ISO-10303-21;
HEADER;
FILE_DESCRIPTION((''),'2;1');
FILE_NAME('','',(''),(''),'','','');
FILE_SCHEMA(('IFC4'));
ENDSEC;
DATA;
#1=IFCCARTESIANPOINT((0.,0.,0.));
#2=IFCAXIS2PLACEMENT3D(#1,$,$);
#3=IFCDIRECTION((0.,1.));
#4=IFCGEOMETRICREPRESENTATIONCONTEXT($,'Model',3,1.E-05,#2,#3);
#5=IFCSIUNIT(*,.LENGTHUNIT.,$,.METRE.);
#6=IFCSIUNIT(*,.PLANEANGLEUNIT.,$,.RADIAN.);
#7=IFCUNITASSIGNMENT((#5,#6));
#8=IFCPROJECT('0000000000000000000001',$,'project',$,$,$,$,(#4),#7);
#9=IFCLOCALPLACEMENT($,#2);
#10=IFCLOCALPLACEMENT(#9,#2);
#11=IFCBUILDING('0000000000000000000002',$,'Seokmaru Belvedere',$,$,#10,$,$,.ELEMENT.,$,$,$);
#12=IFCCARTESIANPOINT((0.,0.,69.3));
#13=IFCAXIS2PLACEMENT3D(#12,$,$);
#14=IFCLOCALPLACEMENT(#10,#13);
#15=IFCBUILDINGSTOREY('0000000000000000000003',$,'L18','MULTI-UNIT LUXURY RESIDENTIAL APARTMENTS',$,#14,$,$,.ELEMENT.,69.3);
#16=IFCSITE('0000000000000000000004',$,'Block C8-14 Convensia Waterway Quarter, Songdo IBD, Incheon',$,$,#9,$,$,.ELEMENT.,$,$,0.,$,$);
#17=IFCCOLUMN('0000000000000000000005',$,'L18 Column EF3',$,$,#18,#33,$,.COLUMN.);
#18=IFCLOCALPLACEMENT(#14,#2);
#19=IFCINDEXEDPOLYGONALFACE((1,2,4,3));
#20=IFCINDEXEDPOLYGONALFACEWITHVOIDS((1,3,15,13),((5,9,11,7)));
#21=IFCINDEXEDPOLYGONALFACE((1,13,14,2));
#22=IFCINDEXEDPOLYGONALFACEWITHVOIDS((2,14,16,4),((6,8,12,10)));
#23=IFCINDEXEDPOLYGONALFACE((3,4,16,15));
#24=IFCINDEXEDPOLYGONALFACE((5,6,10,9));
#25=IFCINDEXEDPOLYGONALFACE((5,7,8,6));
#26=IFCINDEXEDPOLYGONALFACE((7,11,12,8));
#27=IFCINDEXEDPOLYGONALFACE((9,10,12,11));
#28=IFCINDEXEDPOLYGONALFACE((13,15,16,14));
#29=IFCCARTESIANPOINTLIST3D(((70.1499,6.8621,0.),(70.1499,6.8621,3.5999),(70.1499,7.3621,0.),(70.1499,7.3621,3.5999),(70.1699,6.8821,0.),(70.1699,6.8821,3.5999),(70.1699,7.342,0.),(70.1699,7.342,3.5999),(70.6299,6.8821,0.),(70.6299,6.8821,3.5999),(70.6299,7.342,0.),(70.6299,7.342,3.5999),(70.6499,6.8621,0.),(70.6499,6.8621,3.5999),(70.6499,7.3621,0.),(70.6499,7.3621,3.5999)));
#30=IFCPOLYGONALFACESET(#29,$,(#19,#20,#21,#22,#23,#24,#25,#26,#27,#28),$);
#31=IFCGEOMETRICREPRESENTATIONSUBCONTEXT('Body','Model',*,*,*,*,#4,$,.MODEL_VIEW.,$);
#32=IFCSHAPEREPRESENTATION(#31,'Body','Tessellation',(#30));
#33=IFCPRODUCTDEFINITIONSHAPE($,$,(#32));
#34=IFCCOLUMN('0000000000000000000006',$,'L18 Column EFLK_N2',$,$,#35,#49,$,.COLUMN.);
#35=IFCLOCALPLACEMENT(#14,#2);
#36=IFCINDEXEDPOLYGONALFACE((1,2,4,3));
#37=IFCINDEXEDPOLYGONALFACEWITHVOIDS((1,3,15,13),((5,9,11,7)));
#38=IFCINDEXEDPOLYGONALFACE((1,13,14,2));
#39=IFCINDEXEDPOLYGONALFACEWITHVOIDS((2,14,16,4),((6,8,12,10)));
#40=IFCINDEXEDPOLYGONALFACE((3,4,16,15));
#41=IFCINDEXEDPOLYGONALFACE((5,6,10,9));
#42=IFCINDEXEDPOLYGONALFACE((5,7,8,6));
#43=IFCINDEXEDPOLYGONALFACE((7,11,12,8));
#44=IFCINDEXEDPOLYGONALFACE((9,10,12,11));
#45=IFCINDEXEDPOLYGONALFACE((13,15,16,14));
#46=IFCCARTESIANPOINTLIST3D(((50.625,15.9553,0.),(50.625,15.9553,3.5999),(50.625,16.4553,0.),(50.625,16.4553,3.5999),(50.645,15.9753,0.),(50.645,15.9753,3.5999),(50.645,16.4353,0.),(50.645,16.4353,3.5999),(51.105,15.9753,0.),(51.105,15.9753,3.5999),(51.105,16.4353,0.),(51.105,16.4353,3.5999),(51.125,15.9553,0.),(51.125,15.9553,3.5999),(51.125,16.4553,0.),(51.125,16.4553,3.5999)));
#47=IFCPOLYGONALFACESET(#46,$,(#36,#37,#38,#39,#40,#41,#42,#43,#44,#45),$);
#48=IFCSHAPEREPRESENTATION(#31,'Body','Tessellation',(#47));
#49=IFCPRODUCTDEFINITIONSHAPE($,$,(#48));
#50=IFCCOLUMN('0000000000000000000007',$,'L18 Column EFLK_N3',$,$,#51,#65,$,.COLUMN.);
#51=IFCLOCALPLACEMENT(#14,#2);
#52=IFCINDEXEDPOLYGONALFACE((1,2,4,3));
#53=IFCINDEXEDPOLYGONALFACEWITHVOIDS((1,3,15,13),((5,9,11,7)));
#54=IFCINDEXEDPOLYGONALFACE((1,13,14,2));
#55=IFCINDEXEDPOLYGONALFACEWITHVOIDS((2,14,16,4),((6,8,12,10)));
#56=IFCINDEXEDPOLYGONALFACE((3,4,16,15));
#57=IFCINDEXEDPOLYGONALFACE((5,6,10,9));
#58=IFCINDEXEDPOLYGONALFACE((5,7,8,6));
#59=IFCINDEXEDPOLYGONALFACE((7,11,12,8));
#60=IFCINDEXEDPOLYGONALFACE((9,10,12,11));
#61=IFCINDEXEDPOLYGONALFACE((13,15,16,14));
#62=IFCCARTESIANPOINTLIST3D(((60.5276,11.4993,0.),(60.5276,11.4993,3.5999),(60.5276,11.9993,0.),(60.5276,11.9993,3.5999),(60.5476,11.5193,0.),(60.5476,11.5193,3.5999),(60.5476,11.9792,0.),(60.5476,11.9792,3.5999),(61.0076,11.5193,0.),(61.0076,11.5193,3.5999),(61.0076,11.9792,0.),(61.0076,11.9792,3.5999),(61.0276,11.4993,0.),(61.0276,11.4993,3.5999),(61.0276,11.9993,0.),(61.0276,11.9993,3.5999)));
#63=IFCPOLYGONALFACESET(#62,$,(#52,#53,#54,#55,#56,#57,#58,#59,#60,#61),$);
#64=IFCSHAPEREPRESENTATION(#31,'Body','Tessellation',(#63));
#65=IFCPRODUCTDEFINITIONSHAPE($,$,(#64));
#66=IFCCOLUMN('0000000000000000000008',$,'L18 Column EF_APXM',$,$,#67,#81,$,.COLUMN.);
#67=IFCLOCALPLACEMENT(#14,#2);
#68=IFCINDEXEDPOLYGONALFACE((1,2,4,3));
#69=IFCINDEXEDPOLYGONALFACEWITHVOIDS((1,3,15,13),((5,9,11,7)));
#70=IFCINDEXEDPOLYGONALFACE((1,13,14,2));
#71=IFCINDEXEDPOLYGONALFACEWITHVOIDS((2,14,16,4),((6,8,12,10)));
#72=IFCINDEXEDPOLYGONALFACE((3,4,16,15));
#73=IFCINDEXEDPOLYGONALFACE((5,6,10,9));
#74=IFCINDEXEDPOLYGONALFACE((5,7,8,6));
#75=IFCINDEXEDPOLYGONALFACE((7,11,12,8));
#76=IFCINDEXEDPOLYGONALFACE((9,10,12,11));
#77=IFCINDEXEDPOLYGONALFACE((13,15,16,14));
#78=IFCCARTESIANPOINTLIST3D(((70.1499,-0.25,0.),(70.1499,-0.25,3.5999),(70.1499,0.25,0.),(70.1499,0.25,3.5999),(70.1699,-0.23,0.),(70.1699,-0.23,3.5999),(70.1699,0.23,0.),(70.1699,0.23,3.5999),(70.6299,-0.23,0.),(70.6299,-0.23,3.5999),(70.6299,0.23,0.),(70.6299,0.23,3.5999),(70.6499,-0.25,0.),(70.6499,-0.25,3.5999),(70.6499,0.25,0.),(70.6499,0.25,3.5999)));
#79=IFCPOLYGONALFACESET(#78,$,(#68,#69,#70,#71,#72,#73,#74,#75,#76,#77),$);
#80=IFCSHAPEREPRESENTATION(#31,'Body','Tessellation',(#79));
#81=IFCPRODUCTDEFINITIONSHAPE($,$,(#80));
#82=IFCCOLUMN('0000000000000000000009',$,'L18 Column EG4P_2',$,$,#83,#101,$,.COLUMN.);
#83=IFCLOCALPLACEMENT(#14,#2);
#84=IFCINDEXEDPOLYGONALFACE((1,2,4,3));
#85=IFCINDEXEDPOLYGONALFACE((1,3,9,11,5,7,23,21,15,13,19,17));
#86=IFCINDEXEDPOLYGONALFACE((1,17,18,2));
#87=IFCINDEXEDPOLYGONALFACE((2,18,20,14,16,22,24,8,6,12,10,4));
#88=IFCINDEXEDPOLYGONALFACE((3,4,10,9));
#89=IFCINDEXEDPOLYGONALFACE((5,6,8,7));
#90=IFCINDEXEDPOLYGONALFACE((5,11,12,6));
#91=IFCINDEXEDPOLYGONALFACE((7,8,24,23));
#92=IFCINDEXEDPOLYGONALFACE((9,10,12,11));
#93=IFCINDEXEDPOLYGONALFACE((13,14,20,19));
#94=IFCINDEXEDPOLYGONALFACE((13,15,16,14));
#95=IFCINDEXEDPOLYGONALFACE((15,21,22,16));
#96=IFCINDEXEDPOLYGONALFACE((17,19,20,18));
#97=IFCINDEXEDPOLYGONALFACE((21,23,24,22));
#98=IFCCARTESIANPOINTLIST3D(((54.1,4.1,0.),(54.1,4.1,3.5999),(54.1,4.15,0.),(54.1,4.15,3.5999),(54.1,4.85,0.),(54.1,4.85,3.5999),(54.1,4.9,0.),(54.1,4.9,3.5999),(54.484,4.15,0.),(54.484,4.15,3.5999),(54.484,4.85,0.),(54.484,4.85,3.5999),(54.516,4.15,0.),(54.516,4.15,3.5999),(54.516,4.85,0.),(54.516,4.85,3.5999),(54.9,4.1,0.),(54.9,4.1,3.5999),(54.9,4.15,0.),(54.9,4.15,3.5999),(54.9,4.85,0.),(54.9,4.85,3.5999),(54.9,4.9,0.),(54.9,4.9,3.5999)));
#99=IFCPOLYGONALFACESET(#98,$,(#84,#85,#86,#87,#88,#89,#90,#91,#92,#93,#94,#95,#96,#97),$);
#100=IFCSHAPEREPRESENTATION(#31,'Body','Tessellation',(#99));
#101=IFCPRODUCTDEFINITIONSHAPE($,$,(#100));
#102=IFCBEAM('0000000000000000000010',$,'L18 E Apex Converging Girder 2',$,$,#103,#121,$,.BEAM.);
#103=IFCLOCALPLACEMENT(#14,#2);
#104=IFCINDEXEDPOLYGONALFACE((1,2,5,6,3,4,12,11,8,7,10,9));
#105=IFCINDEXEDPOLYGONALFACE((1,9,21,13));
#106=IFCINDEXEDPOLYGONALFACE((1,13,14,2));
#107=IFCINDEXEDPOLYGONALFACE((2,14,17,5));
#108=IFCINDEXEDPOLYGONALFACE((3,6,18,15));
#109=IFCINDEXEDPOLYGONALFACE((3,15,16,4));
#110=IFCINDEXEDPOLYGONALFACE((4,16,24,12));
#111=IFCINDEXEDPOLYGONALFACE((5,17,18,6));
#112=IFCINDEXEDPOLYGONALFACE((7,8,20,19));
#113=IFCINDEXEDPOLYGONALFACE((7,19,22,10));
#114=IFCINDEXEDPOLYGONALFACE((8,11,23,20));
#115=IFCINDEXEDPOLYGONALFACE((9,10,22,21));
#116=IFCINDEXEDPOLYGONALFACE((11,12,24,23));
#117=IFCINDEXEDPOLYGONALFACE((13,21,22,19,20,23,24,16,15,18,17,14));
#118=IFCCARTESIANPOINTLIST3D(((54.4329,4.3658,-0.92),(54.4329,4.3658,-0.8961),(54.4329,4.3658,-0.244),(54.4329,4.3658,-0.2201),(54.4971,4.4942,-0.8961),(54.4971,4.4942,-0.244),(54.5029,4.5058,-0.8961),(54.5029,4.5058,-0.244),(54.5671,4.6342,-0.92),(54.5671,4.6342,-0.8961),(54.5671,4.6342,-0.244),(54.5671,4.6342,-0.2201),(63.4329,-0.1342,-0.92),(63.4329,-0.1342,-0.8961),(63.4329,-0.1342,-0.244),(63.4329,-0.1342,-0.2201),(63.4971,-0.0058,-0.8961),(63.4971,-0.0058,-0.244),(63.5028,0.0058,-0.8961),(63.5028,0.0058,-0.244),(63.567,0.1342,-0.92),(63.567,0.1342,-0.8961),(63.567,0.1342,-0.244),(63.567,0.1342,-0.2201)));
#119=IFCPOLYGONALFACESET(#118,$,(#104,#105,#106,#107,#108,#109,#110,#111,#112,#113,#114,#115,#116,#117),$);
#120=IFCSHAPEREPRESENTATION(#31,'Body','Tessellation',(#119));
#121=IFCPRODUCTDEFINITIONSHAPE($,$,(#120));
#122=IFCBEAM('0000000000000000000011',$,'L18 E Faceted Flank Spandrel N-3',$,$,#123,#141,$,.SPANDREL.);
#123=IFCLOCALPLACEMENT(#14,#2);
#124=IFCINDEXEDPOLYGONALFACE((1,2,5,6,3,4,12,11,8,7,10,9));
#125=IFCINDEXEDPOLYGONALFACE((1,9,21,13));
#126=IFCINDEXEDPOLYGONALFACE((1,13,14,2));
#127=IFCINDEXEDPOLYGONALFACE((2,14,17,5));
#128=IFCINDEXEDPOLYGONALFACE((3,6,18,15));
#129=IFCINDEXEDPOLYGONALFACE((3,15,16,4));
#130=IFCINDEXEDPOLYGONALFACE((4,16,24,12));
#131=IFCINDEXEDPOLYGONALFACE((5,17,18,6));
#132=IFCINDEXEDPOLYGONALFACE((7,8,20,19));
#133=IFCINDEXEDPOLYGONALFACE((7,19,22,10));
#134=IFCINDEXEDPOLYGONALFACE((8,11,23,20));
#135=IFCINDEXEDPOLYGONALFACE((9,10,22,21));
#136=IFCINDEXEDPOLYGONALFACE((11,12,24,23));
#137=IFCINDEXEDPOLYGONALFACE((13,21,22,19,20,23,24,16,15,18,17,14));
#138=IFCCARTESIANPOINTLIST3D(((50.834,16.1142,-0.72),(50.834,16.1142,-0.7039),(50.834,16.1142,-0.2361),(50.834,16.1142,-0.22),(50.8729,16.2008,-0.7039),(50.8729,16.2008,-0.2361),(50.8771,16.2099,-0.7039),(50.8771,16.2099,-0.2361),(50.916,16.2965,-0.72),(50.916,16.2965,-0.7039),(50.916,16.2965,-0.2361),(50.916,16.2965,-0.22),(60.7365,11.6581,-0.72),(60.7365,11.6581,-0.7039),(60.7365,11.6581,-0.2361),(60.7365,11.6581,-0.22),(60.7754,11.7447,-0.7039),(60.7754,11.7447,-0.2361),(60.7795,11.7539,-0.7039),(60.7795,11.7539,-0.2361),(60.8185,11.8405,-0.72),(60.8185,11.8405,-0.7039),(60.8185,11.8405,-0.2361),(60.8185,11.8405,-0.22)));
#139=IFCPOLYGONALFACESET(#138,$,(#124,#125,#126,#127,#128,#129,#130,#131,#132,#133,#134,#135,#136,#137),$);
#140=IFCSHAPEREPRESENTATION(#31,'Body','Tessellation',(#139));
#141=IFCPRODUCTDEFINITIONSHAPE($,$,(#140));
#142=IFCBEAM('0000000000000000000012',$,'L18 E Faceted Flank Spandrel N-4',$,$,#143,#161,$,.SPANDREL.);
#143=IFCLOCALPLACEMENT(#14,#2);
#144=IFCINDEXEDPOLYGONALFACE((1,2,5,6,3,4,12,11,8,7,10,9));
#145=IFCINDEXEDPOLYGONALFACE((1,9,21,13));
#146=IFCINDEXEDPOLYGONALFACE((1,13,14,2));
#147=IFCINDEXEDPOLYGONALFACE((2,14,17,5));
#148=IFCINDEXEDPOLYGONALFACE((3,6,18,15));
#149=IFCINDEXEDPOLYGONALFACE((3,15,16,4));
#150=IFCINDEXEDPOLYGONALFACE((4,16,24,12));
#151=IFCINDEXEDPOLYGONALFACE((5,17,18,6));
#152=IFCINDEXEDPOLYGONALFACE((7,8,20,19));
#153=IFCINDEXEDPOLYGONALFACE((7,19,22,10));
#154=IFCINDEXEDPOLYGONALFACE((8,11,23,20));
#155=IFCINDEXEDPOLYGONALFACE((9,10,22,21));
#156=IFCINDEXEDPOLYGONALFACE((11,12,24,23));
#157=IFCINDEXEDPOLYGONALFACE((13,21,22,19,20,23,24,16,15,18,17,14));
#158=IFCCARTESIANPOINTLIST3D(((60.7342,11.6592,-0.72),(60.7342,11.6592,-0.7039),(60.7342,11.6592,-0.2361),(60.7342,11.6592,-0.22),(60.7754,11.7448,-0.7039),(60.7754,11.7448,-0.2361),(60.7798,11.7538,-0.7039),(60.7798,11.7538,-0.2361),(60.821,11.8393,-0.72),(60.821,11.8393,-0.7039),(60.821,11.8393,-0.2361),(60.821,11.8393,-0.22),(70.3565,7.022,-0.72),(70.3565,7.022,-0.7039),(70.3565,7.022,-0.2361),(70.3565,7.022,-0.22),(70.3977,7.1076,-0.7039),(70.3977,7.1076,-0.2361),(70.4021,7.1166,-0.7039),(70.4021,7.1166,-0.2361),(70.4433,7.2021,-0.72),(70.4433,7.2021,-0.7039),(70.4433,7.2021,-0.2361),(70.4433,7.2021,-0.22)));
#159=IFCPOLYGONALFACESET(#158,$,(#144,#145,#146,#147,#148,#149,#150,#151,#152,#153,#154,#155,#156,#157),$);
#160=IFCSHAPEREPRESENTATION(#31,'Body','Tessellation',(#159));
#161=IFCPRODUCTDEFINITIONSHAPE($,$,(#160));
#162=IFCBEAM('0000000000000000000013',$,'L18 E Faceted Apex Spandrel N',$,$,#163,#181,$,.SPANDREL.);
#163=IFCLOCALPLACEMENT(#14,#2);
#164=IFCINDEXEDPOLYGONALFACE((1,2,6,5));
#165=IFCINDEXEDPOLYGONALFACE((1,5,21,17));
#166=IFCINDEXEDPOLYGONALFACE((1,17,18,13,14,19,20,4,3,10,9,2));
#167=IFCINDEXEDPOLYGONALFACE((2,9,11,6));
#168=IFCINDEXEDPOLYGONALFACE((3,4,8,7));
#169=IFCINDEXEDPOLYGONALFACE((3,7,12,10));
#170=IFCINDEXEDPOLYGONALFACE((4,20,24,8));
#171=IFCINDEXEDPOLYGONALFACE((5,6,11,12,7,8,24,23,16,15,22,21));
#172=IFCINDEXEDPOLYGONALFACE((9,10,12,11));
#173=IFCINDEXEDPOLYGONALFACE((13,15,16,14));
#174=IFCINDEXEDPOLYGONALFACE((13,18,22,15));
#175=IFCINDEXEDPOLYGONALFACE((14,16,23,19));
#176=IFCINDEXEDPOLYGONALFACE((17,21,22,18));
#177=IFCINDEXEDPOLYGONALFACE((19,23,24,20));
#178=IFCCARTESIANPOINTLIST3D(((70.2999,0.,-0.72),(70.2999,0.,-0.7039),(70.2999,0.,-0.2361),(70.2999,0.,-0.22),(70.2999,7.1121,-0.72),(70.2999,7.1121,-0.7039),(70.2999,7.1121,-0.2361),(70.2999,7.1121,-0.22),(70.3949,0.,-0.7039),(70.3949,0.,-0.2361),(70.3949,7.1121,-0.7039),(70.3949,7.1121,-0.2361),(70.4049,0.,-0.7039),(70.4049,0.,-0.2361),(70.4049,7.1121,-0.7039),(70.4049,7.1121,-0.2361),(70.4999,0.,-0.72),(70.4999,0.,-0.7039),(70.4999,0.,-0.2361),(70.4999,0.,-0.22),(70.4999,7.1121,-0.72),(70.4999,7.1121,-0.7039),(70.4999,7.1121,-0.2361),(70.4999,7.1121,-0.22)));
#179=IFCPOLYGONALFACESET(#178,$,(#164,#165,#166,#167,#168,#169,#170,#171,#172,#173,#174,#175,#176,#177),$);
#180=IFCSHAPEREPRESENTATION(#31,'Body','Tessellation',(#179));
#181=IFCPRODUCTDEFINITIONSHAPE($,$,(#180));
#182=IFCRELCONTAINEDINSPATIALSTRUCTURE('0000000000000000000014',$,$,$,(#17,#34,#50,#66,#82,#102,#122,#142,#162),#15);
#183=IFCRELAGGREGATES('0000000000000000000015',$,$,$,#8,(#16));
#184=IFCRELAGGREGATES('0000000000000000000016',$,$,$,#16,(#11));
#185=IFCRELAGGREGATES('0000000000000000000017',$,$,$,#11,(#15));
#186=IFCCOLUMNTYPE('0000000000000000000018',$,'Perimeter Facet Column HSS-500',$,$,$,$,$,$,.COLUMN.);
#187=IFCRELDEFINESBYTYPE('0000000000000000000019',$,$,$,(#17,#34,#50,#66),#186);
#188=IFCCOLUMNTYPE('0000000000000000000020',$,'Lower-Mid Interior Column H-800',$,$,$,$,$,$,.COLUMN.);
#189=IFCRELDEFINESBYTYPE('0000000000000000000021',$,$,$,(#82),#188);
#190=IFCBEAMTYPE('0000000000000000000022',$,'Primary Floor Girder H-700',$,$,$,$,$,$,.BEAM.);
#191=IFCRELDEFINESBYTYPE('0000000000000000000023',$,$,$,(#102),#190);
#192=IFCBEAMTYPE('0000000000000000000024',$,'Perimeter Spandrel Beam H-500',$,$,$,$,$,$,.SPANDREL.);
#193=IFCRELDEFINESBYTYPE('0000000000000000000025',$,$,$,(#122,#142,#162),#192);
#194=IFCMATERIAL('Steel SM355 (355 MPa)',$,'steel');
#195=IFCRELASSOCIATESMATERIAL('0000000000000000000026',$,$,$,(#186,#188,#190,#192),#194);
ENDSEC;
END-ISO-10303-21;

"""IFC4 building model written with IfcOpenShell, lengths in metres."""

from ifc_helpers import new_model, si_unit, direction, frame, origin, origin_2d, place, context, subcontext, project, spatial, hollow_rectangle, i_section, extrude, source, transform, mapped, material, material_profile, profile_set, type_object, type_shapes, element, save


model = new_model("IFC4")

# Units and contexts
model_context = context("Model", 3, precision=1e-05, world=origin(), true_north=direction((0.0, 1.0)))
body_context = subcontext(model_context, "Body", "Model", "MODEL_VIEW")
ifc_project = project(units=[si_unit("LENGTHUNIT", "METRE"), si_unit("PLANEANGLEUNIT", "RADIAN")], contexts=[model_context])

# Site, building, storey
site_placement = place(None, origin())
site = spatial("IfcSite", under=ifc_project, at=site_placement, Name="Block C8-14 Convensia Waterway Quarter, Songdo IBD, Incheon", CompositionType="ELEMENT", RefElevation=0.0)
building_placement = place(site_placement, origin())
building = spatial("IfcBuilding", under=site, at=building_placement, Name="Seokmaru Belvedere", CompositionType="ELEMENT")
storey_placement = place(building_placement, frame((0.0, 0.0, 69.3)))
storey = spatial("IfcBuildingStorey", under=building, at=storey_placement, Name="L18", Description="MULTI-UNIT LUXURY RESIDENTIAL APARTMENTS", CompositionType="ELEMENT", Elevation=69.3)

# Columns
ifc_material_1 = material(Name="Steel SM355 (355 MPa)", Category="steel")
ifc_material_profile_1 = material_profile(ifc_material_1, hollow_rectangle(XDim=0.5, YDim=0.5, WallThickness=0.02, at=origin_2d()), Name="HSS-500x500x20")
ifc_profile_set_1 = profile_set([ifc_material_profile_1], Name="Steel SM355 (355 MPa)")
column_type_1 = type_object("IfcColumnType", Name="Perimeter Facet Column HSS-500", PredefinedType="COLUMN", material=ifc_profile_set_1)
shared_shape_1 = source(origin(), body_context, "Body", "SweptSolid", [
    extrude(hollow_rectangle(XDim=0.5, YDim=0.5, WallThickness=0.02, at=origin_2d()), origin(), (0.0, 0.0, 1.0), 3.5999),
])
type_shapes(column_type_1, [shared_shape_1])
for number, where, z_axis, x_axis, name in (
    (1, (70.3999, 7.1121, 0.0), (0.0, 0.0, 1.0), (1.0, 0.0, 0.0), "L18 Column EF3"),
    (2, (50.875, 16.2053, 0.0), (0.0, 0.0, 1.0), (1.0, 0.0, 0.0), "L18 Column EFLK_N2"),
    (3, (60.7776, 11.7493, 0.0), (0.0, 0.0, 1.0), (1.0, 0.0, 0.0), "L18 Column EFLK_N3"),
    (4, (70.3999, 0.0, 0.0), (0.0, 0.0, 1.0), (1.0, 0.0, 0.0), "L18 Column EF_APXM"),
):
    element("IfcColumn", number, at=place(storey_placement, frame(where, z_axis=z_axis, x_axis=x_axis)), inside=storey, type_object=column_type_1, Name=name, PredefinedType="COLUMN", context=body_context, shape_type="MappedRepresentation", body=[
        mapped(shared_shape_1, transform((0.0, 0.0, 0.0), scale=1.0)),
    ])
ifc_material_profile_2 = material_profile(ifc_material_1, i_section(OverallWidth=0.8, OverallDepth=0.8, WebThickness=0.032, FlangeThickness=0.05, at=origin_2d()), Name="H-800x800x32x50")
ifc_profile_set_2 = profile_set([ifc_material_profile_2], Name="Steel SM355 (355 MPa)")
column_type_2 = type_object("IfcColumnType", Name="Lower-Mid Interior Column H-800", PredefinedType="COLUMN", material=ifc_profile_set_2)
shared_shape_2 = source(origin(), body_context, "Body", "SweptSolid", [
    extrude(i_section(OverallWidth=0.8, OverallDepth=0.8, WebThickness=0.032, FlangeThickness=0.05, at=origin_2d()), origin(), (0.0, 0.0, 1.0), 3.5999),
])
type_shapes(column_type_2, [shared_shape_2])
column_placement = place(storey_placement, frame((54.5, 4.5, 0.0), z_axis=(0.0, 0.0, 1.0), x_axis=(1.0, 0.0, 0.0)))
element("IfcColumn", 5, at=column_placement, inside=storey, type_object=column_type_2, Name="L18 Column EG4P_2", PredefinedType="COLUMN", context=body_context, shape_type="MappedRepresentation", body=[
    mapped(shared_shape_2, transform((0.0, 0.0, 0.0), scale=1.0)),
])

# Beams
ifc_material_profile_3 = material_profile(ifc_material_1, i_section(OverallWidth=0.3, OverallDepth=0.7, WebThickness=0.0129, FlangeThickness=0.0239, at=origin_2d()), Name="H-700x300x13x24")
ifc_profile_set_3 = profile_set([ifc_material_profile_3], Name="Steel SM355 (355 MPa)")
beam_type_1 = type_object("IfcBeamType", Name="Primary Floor Girder H-700", PredefinedType="BEAM", material=ifc_profile_set_3)
shared_shape_3 = source(origin(), body_context, "Body", "SweptSolid", [
    extrude(i_section(OverallWidth=0.3, OverallDepth=0.7, WebThickness=0.0129, FlangeThickness=0.0239, at=origin_2d()), origin(), (0.0, 0.0, 1.0), 10.0623),
])
beam_1_placement = place(storey_placement, frame((54.5, 4.5, -0.5701), z_axis=(0.894427, -0.447214, 0.0), x_axis=(0.447214, 0.894427, 0.0)))
element("IfcBeam", 6, at=beam_1_placement, inside=storey, type_object=beam_type_1, Name="L18 E Apex Converging Girder 2", PredefinedType="BEAM", context=body_context, shape_type="MappedRepresentation", body=[
    mapped(shared_shape_3, transform((0.0, 0.0, 0.0), scale=1.0)),
])
ifc_material_profile_4 = material_profile(ifc_material_1, i_section(OverallWidth=0.2, OverallDepth=0.5, WebThickness=0.01, FlangeThickness=0.0161, at=origin_2d()), Name="H-500x200x10x16")
ifc_profile_set_4 = profile_set([ifc_material_profile_4], Name="Steel SM355 (355 MPa)")
beam_type_2 = type_object("IfcBeamType", Name="Perimeter Spandrel Beam H-500", PredefinedType="SPANDREL", material=ifc_profile_set_4)
shared_shape_4 = source(origin(), body_context, "Body", "SweptSolid", [
    extrude(i_section(OverallWidth=0.2, OverallDepth=0.5, WebThickness=0.01, FlangeThickness=0.0161, at=origin_2d()), origin(), (0.0, 0.0, 1.0), 10.8589),
])
beam_2_placement = place(storey_placement, frame((50.875, 16.2053, -0.47), z_axis=(0.911925, -0.410356, 0.0), x_axis=(0.410356, 0.911925, 0.0)))
element("IfcBeam", 7, at=beam_2_placement, inside=storey, type_object=beam_type_2, Name="L18 E Faceted Flank Spandrel N-3", PredefinedType="SPANDREL", context=body_context, shape_type="MappedRepresentation", body=[
    mapped(shared_shape_4, transform((0.0, 0.0, 0.0), scale=1.0)),
])
shared_shape_5 = source(origin(), body_context, "Body", "SweptSolid", [
    extrude(i_section(OverallWidth=0.2, OverallDepth=0.5, WebThickness=0.01, FlangeThickness=0.0161, at=origin_2d()), origin(), (0.0, 0.0, 1.0), 10.6814),
])
beam_3_placement = place(storey_placement, frame((60.7776, 11.7493, -0.47), z_axis=(0.900846, -0.434138, 0.0), x_axis=(0.434138, 0.900846, 0.0)))
element("IfcBeam", 8, at=beam_3_placement, inside=storey, type_object=beam_type_2, Name="L18 E Faceted Flank Spandrel N-4", PredefinedType="SPANDREL", context=body_context, shape_type="MappedRepresentation", body=[
    mapped(shared_shape_5, transform((0.0, 0.0, 0.0), scale=1.0)),
])
shared_shape_6 = source(origin(), body_context, "Body", "SweptSolid", [
    extrude(i_section(OverallWidth=0.2, OverallDepth=0.5, WebThickness=0.01, FlangeThickness=0.0161, at=origin_2d()), origin(), (0.0, 0.0, 1.0), 7.1121),
])
type_shapes(beam_type_2, [shared_shape_4, shared_shape_5, shared_shape_6])
beam_4_placement = place(storey_placement, frame((70.3999, 0.0, -0.47), z_axis=(0.0, 1.0, 0.0), x_axis=(-1.0, 0.0, 0.0)))
element("IfcBeam", 9, at=beam_4_placement, inside=storey, type_object=beam_type_2, Name="L18 E Faceted Apex Spandrel N", PredefinedType="SPANDREL", context=body_context, shape_type="MappedRepresentation", body=[
    mapped(shared_shape_6, transform((0.0, 0.0, 0.0), scale=1.0)),
])

save(model, "model.ifc")
